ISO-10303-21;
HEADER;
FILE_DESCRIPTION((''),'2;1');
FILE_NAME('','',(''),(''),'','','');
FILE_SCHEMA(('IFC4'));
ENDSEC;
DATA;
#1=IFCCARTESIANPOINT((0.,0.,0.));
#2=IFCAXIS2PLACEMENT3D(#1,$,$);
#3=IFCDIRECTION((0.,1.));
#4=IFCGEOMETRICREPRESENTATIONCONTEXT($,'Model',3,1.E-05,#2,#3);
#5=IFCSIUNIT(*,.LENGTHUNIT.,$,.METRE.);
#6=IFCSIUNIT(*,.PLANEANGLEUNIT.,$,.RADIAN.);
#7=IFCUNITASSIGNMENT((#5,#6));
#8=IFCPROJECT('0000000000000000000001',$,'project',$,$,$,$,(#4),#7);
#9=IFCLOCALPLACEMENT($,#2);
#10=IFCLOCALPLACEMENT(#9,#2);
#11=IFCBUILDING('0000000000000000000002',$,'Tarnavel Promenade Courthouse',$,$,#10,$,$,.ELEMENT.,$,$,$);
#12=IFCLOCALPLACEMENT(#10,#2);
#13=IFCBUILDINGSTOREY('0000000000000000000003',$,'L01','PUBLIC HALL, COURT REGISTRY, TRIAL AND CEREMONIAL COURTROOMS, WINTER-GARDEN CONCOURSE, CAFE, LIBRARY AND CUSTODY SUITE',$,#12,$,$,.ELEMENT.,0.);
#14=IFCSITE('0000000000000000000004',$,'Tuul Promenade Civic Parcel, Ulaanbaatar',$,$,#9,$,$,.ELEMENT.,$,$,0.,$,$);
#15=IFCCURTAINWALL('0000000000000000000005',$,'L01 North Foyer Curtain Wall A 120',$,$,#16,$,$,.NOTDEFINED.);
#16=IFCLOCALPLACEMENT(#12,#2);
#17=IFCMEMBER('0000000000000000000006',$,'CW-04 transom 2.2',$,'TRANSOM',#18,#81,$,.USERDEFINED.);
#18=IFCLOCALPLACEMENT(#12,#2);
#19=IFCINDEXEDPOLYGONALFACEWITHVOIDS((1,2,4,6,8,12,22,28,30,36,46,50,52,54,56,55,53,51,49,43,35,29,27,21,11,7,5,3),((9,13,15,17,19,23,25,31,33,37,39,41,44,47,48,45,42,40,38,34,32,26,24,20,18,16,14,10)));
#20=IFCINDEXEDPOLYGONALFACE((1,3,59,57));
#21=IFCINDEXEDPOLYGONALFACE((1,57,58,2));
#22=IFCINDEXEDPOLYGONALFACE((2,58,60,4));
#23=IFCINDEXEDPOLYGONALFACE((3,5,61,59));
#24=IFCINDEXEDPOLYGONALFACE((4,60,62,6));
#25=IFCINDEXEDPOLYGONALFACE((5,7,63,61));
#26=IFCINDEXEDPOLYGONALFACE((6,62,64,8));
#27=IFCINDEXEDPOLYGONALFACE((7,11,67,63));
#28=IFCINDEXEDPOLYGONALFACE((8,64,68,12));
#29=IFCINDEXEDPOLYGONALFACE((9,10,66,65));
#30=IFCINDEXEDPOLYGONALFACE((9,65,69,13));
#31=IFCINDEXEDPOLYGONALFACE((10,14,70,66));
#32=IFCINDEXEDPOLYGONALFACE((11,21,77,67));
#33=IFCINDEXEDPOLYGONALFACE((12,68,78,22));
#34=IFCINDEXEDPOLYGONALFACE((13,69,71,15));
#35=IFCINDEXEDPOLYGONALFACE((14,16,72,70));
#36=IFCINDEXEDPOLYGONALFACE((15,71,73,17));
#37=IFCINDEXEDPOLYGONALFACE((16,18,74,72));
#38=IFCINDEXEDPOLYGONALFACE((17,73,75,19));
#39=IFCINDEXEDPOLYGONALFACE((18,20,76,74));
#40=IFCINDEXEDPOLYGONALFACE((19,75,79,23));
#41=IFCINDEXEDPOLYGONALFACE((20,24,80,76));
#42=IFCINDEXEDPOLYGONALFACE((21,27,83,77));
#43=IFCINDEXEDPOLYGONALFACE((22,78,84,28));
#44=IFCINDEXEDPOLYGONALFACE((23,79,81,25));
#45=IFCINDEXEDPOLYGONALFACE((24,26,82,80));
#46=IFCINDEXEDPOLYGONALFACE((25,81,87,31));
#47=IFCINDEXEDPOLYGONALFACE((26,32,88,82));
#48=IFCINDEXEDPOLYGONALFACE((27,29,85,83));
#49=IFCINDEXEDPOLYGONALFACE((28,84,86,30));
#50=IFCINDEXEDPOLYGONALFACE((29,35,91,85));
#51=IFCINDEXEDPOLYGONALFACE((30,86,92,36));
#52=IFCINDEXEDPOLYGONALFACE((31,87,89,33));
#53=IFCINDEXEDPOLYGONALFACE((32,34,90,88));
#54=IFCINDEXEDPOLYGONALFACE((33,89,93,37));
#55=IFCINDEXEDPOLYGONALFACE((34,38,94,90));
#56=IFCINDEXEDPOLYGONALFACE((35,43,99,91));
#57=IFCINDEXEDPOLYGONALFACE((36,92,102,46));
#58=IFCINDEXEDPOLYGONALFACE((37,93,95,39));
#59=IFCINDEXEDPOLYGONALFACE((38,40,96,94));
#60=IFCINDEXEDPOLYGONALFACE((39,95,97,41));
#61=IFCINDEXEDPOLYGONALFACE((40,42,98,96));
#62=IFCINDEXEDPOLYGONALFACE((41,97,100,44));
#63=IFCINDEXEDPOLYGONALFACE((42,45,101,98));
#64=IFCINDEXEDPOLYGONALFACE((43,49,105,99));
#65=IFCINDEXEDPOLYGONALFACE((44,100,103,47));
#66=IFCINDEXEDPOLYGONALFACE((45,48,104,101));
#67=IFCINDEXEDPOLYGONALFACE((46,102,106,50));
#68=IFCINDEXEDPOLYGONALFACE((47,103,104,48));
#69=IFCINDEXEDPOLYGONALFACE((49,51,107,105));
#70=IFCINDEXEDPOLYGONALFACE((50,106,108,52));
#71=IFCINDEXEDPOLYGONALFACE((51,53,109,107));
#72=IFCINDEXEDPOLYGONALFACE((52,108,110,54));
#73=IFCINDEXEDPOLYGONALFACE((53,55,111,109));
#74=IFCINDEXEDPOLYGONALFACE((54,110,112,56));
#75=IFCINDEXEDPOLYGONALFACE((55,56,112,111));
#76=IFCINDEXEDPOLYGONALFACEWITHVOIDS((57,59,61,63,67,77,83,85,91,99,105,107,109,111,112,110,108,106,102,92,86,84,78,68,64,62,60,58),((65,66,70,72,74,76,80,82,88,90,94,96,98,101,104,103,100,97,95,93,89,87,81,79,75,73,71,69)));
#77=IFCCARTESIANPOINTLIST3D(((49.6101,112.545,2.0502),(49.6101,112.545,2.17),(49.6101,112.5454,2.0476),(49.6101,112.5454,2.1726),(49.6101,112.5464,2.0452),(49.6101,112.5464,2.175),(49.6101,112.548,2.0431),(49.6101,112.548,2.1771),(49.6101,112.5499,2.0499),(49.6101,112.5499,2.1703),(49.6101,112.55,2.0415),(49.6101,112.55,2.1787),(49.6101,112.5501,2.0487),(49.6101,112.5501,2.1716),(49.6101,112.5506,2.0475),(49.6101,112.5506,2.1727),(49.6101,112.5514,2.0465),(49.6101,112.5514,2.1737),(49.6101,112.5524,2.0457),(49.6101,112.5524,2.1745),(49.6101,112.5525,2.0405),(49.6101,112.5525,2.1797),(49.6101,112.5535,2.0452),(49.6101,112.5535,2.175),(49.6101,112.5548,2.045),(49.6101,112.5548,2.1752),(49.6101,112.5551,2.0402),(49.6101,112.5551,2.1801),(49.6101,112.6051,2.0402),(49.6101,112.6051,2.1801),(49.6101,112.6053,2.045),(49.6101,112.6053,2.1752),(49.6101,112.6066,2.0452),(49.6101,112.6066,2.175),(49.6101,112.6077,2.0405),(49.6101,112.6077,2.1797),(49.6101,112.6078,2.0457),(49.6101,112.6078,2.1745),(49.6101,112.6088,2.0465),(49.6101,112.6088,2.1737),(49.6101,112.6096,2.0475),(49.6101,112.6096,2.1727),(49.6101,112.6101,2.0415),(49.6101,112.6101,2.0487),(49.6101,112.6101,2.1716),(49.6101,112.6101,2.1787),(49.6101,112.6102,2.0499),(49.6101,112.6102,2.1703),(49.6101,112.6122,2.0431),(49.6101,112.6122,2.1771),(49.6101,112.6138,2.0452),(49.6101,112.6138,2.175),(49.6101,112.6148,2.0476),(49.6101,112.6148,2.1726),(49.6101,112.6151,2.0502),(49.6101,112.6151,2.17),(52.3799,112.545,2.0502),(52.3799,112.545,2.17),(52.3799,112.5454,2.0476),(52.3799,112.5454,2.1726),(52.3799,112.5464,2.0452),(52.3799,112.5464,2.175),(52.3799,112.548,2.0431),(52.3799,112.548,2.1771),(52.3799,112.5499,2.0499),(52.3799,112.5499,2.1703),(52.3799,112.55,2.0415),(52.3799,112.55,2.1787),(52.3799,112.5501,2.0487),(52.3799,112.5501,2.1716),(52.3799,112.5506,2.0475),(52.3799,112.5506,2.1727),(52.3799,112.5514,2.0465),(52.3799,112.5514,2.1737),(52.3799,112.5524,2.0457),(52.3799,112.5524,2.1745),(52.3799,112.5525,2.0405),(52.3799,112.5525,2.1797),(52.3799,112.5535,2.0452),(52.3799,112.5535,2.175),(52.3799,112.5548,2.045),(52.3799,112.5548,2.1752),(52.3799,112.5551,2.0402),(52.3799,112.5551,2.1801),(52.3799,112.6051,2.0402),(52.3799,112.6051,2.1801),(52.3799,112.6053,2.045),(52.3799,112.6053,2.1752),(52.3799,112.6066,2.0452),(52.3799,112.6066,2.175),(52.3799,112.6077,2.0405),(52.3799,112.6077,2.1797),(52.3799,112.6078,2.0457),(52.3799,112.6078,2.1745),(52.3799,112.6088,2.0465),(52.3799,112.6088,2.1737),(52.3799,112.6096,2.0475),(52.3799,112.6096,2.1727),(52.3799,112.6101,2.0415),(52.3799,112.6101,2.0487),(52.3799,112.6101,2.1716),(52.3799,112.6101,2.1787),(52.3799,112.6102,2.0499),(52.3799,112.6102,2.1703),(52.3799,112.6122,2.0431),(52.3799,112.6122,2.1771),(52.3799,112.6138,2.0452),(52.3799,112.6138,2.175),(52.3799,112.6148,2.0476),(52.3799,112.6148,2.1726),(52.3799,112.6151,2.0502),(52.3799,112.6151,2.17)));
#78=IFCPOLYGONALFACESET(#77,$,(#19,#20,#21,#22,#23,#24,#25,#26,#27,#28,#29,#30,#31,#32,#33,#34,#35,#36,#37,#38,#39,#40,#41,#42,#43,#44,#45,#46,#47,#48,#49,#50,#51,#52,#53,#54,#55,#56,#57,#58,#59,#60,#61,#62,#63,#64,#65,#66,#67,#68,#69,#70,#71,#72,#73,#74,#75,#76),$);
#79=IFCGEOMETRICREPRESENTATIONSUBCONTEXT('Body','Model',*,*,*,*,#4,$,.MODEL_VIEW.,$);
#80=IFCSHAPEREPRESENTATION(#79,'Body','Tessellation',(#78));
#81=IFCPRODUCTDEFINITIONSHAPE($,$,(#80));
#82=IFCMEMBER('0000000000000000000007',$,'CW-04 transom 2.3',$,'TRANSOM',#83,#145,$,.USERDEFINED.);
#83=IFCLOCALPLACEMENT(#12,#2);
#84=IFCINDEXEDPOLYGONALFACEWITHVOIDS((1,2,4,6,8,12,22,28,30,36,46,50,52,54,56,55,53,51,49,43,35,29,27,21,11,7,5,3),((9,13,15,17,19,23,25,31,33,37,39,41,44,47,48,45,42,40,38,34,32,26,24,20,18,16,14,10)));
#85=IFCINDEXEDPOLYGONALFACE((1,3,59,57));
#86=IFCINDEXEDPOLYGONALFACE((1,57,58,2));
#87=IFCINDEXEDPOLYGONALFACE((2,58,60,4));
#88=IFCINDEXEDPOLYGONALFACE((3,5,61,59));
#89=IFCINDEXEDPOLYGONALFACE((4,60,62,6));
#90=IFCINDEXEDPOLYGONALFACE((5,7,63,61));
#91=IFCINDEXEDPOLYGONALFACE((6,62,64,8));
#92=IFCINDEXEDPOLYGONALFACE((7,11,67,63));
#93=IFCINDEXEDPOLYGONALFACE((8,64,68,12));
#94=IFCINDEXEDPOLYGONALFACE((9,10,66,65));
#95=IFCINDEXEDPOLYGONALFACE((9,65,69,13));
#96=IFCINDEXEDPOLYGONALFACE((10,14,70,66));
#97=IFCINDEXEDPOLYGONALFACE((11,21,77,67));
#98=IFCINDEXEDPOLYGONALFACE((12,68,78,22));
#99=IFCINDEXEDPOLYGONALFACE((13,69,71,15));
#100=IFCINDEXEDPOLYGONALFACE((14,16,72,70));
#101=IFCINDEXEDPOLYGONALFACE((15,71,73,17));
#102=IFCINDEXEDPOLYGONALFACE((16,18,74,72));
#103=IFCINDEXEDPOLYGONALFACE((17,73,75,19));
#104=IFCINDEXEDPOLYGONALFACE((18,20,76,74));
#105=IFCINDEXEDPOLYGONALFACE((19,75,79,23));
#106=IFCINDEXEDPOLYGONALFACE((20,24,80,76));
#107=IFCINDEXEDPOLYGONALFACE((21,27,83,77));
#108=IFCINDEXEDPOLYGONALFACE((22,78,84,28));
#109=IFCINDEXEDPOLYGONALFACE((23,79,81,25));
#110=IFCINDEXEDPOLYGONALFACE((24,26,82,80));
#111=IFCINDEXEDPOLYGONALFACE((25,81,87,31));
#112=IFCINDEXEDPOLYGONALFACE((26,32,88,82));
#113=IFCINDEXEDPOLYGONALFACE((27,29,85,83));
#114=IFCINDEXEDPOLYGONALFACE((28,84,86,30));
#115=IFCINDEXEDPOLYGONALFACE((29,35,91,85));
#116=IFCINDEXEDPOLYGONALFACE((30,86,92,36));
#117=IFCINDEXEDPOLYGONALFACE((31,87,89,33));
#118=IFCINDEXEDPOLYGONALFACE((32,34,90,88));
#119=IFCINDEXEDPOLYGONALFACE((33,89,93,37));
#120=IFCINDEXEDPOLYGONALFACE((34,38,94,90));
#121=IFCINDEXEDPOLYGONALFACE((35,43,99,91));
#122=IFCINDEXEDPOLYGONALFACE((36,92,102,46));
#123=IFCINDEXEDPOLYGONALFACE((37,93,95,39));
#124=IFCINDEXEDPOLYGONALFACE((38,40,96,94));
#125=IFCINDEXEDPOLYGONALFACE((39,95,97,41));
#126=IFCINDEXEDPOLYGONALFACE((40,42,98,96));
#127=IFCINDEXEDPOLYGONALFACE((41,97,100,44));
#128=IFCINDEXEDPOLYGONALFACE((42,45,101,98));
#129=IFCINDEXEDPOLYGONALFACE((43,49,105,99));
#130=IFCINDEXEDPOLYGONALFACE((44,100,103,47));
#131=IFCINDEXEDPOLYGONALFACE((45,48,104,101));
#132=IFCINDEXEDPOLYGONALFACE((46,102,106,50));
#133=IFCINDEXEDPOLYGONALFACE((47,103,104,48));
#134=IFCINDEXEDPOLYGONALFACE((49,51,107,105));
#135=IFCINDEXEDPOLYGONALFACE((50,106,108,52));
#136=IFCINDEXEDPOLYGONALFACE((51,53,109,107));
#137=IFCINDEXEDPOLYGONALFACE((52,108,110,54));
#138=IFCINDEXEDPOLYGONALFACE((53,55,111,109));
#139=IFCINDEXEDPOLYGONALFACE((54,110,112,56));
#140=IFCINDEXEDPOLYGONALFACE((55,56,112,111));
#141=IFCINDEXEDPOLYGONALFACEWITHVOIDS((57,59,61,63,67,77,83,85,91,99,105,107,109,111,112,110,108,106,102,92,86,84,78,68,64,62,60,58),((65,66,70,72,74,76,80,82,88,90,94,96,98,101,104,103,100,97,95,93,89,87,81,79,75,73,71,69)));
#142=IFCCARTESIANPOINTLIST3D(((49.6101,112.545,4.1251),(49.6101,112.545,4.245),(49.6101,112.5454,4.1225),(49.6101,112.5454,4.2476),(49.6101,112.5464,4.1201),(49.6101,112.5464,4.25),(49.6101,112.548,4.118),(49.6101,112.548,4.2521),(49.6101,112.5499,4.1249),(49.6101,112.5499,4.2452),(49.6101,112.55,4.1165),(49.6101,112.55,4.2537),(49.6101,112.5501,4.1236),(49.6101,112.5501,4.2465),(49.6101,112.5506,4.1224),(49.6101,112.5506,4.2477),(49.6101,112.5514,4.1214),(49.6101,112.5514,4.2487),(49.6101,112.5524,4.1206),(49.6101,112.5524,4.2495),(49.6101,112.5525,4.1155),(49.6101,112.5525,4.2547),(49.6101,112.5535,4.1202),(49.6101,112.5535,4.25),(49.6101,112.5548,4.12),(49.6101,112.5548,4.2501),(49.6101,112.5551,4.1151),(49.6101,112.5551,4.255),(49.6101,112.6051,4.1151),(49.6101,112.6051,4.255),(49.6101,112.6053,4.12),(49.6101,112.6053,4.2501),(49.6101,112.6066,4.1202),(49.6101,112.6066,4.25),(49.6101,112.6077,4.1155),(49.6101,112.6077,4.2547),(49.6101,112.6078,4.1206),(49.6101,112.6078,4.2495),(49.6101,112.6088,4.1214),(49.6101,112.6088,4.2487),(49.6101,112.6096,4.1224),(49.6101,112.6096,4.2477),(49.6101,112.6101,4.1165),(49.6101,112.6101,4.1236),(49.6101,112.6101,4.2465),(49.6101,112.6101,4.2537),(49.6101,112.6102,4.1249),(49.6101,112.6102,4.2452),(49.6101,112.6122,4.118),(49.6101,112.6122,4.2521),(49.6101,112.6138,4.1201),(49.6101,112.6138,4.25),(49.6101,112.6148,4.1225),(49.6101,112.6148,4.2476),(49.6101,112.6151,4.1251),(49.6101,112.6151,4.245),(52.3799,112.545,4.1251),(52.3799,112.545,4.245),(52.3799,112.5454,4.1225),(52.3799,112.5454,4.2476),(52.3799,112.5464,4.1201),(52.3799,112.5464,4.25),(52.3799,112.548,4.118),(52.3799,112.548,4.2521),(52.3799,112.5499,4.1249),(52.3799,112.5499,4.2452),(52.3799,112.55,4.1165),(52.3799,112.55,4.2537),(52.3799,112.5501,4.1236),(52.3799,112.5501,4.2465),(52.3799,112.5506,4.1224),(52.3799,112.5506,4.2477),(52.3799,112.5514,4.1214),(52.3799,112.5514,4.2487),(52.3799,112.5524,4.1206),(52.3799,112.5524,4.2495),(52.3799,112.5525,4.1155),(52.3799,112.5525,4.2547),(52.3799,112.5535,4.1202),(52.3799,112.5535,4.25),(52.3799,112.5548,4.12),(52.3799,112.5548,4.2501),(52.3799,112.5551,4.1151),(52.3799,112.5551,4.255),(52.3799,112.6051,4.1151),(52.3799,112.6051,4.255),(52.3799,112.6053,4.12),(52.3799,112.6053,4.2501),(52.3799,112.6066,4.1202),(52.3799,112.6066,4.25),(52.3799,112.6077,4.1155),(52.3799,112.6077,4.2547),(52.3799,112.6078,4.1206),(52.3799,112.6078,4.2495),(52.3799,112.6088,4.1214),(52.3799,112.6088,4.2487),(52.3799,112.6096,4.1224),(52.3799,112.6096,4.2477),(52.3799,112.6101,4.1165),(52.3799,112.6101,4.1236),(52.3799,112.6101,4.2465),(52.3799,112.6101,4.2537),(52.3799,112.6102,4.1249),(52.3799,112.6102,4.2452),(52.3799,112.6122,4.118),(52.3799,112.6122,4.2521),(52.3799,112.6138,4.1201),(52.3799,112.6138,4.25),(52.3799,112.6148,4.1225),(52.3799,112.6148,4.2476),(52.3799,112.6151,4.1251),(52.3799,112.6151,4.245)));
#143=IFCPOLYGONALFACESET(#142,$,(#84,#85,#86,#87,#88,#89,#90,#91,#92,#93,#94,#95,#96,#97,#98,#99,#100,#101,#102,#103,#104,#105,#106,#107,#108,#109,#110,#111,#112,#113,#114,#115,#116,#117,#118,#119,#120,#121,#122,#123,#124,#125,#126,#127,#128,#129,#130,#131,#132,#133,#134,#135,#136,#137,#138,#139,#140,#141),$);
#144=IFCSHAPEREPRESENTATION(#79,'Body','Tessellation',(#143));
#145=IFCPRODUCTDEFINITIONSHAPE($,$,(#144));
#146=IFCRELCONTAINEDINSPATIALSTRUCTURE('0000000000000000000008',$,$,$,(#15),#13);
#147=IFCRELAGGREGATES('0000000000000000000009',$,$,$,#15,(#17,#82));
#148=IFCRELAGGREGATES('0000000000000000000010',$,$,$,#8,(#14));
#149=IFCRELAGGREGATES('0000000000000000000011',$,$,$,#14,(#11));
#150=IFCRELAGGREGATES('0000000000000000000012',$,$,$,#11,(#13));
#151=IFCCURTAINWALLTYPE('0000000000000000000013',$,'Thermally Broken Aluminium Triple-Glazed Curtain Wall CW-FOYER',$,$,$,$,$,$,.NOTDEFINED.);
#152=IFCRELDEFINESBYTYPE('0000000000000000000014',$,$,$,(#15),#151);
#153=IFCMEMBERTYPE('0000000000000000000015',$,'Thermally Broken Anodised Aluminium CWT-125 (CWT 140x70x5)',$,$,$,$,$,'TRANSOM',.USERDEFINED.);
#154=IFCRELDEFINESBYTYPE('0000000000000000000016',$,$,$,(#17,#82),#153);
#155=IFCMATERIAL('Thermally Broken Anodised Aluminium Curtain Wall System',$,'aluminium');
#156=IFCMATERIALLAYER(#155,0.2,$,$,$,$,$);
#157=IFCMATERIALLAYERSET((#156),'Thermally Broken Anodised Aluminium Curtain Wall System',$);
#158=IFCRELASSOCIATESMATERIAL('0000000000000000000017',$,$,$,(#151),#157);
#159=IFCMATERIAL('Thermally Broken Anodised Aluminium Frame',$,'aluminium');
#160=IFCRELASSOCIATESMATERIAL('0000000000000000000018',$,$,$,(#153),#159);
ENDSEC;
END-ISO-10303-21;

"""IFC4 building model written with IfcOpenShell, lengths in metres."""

from ifc_helpers import new_model, si_unit, direction, frame, origin, origin_2d, place, context, subcontext, project, spatial, hollow_rectangle, extrude, material, layer, layer_set, material_profile, profile_set, type_object, element, aggregate, save


model = new_model("IFC4")

# Units and contexts
model_context = context("Model", 3, precision=1e-05, world=origin(), true_north=direction((0.0, 1.0)))
body_context = subcontext(model_context, "Body", "Model", "MODEL_VIEW")
ifc_project = project(units=[si_unit("LENGTHUNIT", "METRE"), si_unit("PLANEANGLEUNIT", "RADIAN")], contexts=[model_context])

# Site, building, storey
site_placement = place(None, origin())
site = spatial("IfcSite", under=ifc_project, at=site_placement, Name="Tuul Promenade Civic Parcel, Ulaanbaatar", CompositionType="ELEMENT", RefElevation=0.0)
building_placement = place(site_placement, origin())
building = spatial("IfcBuilding", under=site, at=building_placement, Name="Tarnavel Promenade Courthouse", CompositionType="ELEMENT")
storey_placement = place(building_placement, origin())
storey = spatial("IfcBuildingStorey", under=building, at=storey_placement, Name="L01", Description="PUBLIC HALL, COURT REGISTRY, TRIAL AND CEREMONIAL COURTROOMS, WINTER-GARDEN CONCOURSE, CAFE, LIBRARY AND CUSTODY SUITE", CompositionType="ELEMENT", Elevation=0.0)

# Curtain wall
ifc_material_1 = material(Name="Thermally Broken Anodised Aluminium Curtain Wall System", Category="aluminium")
ifc_layer_1 = layer(ifc_material_1, 0.2)
ifc_layer_set_1 = layer_set([ifc_layer_1], Name="Thermally Broken Anodised Aluminium Curtain Wall System")
curtain_wall_type = type_object("IfcCurtainWallType", Name="Thermally Broken Aluminium Triple-Glazed Curtain Wall CW-FOYER", PredefinedType="NOTDEFINED", material=ifc_layer_set_1)
curtain_wall_1_placement = place(storey_placement, origin())
curtain_wall_1 = element("IfcCurtainWall", 1, at=curtain_wall_1_placement, inside=storey, type_object=curtain_wall_type, Name="L01 North Foyer Curtain Wall A 120", PredefinedType="NOTDEFINED")
ifc_material_2 = material(Name="Thermally Broken Anodised Aluminium Frame", Category="aluminium")

# Members
ifc_material_profile_1 = material_profile(ifc_material_2, hollow_rectangle(XDim=0.0701, YDim=0.1399, WallThickness=0.0049, InnerFilletRadius=0.0049, OuterFilletRadius=0.01, at=origin_2d()), Name="CWT 140x70x5")
ifc_profile_set_1 = profile_set([ifc_material_profile_1], Name="Thermally Broken Anodised Aluminium Frame")
member_type_1 = type_object("IfcMemberType", Name="Thermally Broken Anodised Aluminium CWT-125 (CWT 140x70x5)", ElementType="TRANSOM", PredefinedType="USERDEFINED", material=ifc_profile_set_1)
member_1_placement = place(storey_placement, frame((49.6101, 112.5801, 2.1101), z_axis=(1.0, 0.0, 0.0), x_axis=(0.0, 1.0, 0.0)))
member_1 = element("IfcMember", 2, at=member_1_placement, type_object=member_type_1, Name="CW-04 transom 2.2", ObjectType="TRANSOM", PredefinedType="USERDEFINED", context=body_context, shape_type="SweptSolid", body=[
    extrude(hollow_rectangle(XDim=0.0701, YDim=0.1399, WallThickness=0.0049, InnerFilletRadius=0.0049, OuterFilletRadius=0.01, at=origin_2d()), origin(), (0.0, 0.0, 1.0), 2.7698),
])
member_2_placement = place(storey_placement, frame((49.6101, 112.5801, 4.1851), z_axis=(1.0, 0.0, 0.0), x_axis=(0.0, 1.0, 0.0)))
member_2 = element("IfcMember", 3, at=member_2_placement, type_object=member_type_1, Name="CW-04 transom 2.3", ObjectType="TRANSOM", PredefinedType="USERDEFINED", context=body_context, shape_type="SweptSolid", body=[
    extrude(hollow_rectangle(XDim=0.0701, YDim=0.1399, WallThickness=0.0049, InnerFilletRadius=0.0049, OuterFilletRadius=0.01, at=origin_2d()), origin(), (0.0, 0.0, 1.0), 2.7698),
])

aggregate(curtain_wall_1, [member_1, member_2])

save(model, "model.ifc")
